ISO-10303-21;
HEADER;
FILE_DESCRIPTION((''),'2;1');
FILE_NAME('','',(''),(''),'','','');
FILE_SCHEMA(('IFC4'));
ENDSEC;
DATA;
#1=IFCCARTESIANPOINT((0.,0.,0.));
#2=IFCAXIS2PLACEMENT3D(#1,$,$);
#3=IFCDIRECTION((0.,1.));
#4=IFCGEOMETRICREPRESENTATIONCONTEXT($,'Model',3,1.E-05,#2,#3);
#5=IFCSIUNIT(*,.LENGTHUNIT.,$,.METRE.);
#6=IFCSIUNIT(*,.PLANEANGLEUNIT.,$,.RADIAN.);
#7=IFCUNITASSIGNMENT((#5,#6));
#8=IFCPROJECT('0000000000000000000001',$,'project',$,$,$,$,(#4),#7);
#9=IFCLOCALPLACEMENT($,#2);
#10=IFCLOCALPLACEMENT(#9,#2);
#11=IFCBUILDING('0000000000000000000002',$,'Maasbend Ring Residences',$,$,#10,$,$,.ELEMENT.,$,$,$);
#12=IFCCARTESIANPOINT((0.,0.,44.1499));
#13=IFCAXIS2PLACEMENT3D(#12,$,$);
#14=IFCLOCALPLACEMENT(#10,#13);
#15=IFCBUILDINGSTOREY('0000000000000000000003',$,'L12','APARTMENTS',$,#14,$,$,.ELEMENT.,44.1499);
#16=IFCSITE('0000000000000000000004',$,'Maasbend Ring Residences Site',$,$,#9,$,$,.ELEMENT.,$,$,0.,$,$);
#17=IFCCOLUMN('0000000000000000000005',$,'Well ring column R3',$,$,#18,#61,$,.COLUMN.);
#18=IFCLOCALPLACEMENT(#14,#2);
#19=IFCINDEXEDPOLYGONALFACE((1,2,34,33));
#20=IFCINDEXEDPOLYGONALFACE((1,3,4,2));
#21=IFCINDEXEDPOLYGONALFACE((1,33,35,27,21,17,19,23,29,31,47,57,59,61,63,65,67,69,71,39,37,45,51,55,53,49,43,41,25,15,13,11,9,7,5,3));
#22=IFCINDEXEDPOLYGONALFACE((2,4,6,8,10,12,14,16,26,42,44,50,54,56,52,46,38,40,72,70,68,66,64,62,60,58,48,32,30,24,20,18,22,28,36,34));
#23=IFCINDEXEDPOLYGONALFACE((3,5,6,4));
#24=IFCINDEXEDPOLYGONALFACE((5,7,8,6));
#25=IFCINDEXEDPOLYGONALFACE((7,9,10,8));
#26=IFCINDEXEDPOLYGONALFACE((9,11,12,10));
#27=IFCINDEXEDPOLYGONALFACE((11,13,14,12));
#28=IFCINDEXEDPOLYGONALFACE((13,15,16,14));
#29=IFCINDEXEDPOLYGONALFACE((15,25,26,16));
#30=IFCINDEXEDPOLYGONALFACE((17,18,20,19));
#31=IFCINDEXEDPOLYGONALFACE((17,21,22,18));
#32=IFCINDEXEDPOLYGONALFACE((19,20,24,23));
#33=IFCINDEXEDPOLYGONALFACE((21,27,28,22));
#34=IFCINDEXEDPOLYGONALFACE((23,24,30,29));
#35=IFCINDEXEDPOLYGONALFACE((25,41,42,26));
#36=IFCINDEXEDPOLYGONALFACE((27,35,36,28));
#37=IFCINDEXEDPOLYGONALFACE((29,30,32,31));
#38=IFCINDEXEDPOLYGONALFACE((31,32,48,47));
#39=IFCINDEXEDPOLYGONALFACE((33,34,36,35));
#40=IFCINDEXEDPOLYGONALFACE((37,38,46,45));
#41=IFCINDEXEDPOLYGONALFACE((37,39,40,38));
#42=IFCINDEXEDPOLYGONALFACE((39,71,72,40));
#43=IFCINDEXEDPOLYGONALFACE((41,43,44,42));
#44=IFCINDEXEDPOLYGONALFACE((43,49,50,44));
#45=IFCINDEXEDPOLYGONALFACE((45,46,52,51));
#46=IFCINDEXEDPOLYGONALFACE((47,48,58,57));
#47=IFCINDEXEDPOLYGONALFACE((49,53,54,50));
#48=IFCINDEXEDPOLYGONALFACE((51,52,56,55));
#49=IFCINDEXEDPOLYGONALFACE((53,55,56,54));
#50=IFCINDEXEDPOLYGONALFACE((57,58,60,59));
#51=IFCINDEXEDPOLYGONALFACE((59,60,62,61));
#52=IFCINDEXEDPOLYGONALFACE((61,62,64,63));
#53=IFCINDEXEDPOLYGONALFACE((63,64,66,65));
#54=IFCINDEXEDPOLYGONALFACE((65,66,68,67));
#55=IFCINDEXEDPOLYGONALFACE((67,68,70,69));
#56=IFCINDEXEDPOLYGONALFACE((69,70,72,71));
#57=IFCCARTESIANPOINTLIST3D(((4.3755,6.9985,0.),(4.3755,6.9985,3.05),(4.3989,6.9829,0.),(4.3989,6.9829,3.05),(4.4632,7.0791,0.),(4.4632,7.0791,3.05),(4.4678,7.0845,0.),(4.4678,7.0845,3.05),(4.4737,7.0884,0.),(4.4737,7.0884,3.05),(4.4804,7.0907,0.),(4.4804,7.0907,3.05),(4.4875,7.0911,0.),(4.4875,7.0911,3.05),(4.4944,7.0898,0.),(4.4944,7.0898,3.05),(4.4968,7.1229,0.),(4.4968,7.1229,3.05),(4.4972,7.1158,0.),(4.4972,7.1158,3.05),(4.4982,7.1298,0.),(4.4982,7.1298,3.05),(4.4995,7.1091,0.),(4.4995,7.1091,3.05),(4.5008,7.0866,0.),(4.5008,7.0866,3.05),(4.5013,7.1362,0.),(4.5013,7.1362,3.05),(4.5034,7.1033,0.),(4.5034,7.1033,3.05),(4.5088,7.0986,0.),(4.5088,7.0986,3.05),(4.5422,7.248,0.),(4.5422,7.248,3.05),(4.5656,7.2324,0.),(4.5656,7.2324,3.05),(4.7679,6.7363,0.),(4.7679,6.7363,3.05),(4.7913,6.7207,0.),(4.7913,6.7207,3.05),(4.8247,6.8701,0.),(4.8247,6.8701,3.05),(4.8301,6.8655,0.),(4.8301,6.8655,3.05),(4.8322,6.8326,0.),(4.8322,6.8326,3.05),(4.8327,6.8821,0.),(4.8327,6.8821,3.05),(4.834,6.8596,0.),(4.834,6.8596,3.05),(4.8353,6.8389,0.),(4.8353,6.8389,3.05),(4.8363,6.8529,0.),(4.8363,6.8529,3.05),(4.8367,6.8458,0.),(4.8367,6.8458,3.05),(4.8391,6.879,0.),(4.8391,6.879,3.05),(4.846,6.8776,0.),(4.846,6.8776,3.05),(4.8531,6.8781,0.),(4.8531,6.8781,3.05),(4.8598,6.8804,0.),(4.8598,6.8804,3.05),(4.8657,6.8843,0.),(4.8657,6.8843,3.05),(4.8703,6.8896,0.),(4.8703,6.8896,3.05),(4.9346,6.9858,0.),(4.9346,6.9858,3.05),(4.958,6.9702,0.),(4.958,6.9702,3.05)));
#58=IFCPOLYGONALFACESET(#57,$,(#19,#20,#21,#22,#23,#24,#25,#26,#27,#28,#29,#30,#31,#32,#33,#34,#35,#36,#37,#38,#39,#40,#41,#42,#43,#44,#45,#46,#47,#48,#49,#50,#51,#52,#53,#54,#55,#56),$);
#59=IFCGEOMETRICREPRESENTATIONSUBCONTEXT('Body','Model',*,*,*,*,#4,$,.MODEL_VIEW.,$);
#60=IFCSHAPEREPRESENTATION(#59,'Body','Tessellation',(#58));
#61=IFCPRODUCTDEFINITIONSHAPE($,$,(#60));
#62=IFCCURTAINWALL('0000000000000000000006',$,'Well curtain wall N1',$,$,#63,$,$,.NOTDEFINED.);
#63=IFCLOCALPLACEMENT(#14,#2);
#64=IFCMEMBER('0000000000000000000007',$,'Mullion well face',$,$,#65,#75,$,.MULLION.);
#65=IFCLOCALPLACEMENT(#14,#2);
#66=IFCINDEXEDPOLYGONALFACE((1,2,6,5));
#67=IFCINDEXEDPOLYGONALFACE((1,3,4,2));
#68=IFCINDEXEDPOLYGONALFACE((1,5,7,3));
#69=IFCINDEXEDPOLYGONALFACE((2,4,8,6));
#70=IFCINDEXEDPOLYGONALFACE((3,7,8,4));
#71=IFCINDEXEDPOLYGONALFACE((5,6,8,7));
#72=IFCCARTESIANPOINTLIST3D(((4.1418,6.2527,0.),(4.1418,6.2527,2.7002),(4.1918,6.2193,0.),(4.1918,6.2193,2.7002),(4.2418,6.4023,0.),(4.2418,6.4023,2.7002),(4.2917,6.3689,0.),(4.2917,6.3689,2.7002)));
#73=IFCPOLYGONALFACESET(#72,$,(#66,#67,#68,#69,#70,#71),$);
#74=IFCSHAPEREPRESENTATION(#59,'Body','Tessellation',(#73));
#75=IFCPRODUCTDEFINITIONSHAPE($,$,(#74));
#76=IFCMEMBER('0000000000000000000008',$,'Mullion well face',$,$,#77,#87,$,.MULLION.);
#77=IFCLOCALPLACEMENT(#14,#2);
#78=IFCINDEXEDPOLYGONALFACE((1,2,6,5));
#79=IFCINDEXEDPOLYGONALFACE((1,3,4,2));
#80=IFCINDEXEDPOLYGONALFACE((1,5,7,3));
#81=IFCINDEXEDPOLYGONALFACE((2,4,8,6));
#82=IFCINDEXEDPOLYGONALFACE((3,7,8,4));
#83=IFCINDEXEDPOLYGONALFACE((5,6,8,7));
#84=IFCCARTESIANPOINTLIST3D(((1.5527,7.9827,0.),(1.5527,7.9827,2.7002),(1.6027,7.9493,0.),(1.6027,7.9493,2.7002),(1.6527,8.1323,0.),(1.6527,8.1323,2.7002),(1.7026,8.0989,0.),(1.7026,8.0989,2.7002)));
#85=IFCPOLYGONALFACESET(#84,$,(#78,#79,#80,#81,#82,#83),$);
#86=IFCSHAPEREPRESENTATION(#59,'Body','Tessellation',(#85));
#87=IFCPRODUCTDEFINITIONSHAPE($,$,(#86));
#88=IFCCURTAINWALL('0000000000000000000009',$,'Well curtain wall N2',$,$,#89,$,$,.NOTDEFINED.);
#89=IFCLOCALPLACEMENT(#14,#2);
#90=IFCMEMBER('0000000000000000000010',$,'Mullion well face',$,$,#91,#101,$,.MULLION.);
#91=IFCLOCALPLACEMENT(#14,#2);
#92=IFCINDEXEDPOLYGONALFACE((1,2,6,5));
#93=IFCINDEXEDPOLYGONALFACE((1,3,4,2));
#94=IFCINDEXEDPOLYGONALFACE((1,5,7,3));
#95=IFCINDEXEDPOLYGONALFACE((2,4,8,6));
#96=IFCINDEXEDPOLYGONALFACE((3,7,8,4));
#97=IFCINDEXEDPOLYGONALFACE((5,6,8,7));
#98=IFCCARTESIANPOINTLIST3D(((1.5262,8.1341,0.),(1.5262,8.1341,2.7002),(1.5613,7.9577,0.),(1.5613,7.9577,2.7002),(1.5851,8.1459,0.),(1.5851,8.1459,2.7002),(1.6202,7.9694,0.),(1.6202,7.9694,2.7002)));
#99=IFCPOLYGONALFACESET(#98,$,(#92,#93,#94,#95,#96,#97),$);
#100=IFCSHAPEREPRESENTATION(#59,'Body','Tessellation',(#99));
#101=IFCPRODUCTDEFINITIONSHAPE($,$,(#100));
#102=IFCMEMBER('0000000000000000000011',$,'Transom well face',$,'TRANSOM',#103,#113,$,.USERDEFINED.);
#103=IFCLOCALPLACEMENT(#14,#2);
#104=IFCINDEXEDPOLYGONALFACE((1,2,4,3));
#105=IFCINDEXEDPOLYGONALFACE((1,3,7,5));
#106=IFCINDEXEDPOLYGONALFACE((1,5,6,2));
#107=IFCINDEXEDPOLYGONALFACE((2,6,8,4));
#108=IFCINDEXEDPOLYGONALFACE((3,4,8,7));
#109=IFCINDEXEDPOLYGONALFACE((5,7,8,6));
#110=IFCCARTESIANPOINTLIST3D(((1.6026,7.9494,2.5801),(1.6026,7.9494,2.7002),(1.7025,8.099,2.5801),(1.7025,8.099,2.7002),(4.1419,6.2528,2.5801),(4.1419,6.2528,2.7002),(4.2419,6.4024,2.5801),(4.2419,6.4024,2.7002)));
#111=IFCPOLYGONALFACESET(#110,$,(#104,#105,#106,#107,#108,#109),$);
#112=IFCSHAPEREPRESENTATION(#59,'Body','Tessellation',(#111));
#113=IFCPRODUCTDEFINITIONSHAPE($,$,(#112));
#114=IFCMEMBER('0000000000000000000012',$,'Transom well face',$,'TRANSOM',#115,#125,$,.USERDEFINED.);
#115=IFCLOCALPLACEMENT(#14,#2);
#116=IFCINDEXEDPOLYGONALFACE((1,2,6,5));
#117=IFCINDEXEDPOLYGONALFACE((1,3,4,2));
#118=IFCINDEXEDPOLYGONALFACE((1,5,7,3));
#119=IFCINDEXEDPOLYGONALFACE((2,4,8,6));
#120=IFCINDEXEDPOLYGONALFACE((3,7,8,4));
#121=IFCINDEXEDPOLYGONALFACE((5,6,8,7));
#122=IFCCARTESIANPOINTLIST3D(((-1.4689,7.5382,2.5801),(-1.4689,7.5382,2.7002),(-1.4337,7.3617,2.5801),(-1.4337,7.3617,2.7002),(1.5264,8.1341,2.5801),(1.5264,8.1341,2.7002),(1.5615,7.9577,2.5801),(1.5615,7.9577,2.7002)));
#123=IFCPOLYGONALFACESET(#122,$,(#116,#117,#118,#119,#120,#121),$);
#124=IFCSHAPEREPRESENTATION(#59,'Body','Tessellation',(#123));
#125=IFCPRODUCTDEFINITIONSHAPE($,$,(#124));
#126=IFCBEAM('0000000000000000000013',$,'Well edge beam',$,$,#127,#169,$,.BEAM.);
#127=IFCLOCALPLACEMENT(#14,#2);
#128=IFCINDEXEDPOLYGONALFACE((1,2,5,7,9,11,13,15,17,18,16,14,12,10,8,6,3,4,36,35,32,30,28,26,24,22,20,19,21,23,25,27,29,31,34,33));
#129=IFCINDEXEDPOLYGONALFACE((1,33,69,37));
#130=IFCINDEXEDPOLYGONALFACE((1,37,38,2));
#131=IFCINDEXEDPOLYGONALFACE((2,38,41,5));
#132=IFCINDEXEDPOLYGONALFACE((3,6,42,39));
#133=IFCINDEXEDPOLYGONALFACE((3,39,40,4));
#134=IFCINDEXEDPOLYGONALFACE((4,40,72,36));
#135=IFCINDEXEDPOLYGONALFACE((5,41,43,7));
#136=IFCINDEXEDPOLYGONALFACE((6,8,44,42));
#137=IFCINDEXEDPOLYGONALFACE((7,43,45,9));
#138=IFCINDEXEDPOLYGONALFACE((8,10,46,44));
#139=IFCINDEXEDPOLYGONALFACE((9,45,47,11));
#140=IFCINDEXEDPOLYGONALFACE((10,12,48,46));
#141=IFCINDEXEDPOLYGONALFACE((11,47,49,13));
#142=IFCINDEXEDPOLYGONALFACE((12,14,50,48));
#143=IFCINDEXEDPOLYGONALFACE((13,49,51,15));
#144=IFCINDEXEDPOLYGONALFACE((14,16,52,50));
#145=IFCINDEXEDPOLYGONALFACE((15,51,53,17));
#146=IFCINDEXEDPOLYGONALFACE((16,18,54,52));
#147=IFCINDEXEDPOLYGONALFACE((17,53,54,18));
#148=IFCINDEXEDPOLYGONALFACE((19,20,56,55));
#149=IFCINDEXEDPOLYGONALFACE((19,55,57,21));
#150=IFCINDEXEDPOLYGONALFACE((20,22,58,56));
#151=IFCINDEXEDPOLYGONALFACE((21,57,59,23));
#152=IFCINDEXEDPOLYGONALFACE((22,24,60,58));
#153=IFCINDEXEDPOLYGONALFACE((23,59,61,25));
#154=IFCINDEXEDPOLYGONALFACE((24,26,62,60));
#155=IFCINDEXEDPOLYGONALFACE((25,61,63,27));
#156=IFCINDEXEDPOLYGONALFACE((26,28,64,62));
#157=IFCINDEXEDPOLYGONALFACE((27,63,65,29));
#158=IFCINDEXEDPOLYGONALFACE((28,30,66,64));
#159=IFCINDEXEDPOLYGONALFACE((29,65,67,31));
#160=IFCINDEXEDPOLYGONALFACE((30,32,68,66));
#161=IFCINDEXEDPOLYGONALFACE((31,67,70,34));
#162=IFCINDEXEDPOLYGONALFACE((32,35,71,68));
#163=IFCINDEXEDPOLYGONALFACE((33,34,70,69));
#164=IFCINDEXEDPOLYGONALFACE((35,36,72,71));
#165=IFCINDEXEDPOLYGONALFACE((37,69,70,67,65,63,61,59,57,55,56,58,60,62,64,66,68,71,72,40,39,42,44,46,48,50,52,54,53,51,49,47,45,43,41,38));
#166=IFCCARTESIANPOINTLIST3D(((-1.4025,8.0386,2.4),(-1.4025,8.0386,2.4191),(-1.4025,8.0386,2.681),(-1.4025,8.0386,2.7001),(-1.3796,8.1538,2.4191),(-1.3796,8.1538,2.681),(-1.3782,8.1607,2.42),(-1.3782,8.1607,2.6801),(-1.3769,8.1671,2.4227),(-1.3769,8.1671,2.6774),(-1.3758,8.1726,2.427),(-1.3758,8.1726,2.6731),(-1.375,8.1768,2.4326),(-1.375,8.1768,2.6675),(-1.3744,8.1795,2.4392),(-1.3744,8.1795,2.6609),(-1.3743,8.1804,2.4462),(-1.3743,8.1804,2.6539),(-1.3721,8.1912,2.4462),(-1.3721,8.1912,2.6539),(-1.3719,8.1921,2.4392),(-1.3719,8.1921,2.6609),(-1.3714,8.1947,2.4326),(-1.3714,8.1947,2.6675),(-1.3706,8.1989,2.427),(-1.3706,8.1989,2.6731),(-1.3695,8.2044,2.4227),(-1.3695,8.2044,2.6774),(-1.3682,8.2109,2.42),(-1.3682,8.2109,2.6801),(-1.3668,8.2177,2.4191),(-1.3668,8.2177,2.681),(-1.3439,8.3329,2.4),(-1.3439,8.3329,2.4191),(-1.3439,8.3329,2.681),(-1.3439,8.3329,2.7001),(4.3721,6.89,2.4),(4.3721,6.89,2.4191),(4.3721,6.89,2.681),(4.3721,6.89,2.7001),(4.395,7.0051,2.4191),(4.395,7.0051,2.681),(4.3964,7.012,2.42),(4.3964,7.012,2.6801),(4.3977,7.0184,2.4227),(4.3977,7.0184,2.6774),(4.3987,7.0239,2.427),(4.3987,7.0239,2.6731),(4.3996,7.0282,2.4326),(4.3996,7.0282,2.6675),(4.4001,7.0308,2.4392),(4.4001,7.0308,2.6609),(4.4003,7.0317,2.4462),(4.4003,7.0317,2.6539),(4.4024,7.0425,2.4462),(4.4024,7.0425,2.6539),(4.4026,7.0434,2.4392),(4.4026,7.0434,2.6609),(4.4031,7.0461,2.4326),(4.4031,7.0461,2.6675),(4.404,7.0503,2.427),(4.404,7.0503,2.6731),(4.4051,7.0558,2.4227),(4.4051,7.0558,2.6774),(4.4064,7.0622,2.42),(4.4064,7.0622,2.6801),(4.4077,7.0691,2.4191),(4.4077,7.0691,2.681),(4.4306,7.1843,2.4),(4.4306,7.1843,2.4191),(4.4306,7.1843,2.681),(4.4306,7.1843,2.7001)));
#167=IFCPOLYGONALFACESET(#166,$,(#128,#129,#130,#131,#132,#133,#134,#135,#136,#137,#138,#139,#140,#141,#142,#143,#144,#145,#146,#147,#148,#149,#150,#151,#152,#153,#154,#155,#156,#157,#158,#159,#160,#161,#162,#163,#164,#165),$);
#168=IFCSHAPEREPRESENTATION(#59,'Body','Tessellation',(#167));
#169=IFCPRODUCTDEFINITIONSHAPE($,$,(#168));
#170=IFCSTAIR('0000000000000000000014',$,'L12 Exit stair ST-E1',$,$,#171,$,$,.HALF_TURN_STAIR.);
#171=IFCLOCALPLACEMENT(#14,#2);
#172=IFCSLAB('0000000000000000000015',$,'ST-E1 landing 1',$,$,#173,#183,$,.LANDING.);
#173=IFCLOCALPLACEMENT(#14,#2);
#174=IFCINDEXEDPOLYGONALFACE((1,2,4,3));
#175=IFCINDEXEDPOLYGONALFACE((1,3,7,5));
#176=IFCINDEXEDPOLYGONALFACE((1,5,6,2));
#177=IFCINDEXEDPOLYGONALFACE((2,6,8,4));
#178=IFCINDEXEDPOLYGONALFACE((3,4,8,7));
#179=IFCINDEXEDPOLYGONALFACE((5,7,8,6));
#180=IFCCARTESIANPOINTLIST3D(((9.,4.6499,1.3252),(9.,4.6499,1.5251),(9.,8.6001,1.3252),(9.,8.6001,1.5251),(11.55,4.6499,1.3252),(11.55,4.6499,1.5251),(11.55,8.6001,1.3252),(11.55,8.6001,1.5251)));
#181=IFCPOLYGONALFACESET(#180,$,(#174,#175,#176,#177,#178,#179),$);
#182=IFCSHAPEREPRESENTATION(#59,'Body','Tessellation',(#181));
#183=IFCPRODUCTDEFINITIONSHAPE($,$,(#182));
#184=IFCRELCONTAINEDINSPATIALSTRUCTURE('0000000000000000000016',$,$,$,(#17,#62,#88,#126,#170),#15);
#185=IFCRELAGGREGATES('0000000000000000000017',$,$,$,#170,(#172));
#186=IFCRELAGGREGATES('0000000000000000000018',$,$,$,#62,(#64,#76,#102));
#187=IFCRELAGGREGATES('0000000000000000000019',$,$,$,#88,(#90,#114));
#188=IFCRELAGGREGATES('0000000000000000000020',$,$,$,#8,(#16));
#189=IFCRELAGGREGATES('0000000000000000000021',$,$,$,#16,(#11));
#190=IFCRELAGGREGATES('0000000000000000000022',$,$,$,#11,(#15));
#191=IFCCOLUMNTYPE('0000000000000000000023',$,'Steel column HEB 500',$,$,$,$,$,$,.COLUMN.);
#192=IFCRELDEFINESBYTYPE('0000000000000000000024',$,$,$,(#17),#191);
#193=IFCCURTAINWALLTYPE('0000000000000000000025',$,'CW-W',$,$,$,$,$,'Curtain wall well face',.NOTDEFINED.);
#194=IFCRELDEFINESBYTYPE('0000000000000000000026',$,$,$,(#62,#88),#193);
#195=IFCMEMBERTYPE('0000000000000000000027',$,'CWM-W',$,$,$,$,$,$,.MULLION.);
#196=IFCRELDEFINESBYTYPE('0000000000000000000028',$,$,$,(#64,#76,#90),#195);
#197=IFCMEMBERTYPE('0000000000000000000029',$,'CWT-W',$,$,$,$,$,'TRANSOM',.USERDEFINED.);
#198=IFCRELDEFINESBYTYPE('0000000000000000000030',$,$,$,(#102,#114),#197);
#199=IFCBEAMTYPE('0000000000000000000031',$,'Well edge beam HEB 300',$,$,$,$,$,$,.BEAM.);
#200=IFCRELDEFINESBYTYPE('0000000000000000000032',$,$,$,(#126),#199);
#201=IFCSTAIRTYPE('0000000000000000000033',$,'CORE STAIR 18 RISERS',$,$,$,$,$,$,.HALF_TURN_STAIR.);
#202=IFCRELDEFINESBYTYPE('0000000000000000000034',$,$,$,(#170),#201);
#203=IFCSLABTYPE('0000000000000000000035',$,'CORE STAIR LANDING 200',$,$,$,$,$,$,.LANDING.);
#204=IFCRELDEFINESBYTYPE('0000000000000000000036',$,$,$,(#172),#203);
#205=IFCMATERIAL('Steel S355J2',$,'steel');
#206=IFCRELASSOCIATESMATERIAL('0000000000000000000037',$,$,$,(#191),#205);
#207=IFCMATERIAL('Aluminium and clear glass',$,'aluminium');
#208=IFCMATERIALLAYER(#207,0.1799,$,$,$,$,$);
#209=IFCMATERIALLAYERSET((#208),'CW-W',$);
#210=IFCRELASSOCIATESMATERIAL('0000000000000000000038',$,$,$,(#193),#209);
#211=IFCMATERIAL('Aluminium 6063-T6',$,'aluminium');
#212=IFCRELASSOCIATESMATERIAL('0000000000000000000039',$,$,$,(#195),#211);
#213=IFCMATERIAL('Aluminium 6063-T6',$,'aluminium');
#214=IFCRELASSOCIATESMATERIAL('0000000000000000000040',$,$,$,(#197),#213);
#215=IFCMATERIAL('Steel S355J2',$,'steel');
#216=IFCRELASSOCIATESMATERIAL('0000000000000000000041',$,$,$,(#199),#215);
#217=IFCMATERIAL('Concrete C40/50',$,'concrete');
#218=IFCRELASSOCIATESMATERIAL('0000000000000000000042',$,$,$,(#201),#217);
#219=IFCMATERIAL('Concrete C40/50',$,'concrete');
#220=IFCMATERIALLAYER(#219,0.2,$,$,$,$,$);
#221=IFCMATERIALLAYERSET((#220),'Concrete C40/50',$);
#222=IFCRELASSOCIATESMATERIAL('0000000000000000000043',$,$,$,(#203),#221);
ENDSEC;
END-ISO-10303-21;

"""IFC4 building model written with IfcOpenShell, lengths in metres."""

from ifc_helpers import new_model, si_unit, direction, frame, origin, origin_2d, place, context, subcontext, project, spatial, polyline, rectangle, i_section, outline, extrude, material, layer, layer_set, material_profile, profile_set, type_object, element, aggregate, save


model = new_model("IFC4")

# Units and contexts
model_context = context("Model", 3, precision=1e-05, world=origin(), true_north=direction((0.0, 1.0)))
body_context = subcontext(model_context, "Body", "Model", "MODEL_VIEW")
ifc_project = project(units=[si_unit("LENGTHUNIT", "METRE"), si_unit("PLANEANGLEUNIT", "RADIAN")], contexts=[model_context])

# Site, building, storey
site_placement = place(None, origin())
site = spatial("IfcSite", under=ifc_project, at=site_placement, Name="Maasbend Ring Residences Site", CompositionType="ELEMENT", RefElevation=0.0)
building_placement = place(site_placement, origin())
building = spatial("IfcBuilding", under=site, at=building_placement, Name="Maasbend Ring Residences", CompositionType="ELEMENT")
storey_placement = place(building_placement, frame((0.0, 0.0, 44.1499)))
storey = spatial("IfcBuildingStorey", under=building, at=storey_placement, Name="L12", Description="APARTMENTS", CompositionType="ELEMENT", Elevation=44.1499)

# Column
ifc_material_1 = material(Name="Steel S355J2", Category="steel")
ifc_material_profile_1 = material_profile(ifc_material_1, i_section(OverallWidth=0.3, OverallDepth=0.5, WebThickness=0.0144, FlangeThickness=0.0281, FilletRadius=0.0271, at=origin_2d()), Name="HEB 500")
ifc_profile_set_1 = profile_set([ifc_material_profile_1], Name="Steel S355J2")
column_type = type_object("IfcColumnType", Name="Steel column HEB 500", PredefinedType="COLUMN", material=ifc_profile_set_1)
column_placement = place(storey_placement, frame((4.6667, 6.9844, 0.0), z_axis=(0.0, 0.0, 1.0), x_axis=(0.55557, 0.83147, 0.0)))
element("IfcColumn", 1, at=column_placement, inside=storey, type_object=column_type, Name="Well ring column R3", PredefinedType="COLUMN", context=body_context, shape_type="SweptSolid", body=[
    extrude(i_section(OverallWidth=0.3, OverallDepth=0.5, WebThickness=0.0144, FlangeThickness=0.0281, FilletRadius=0.0271, at=origin_2d()), origin(), (0.0, 0.0, 1.0), 3.05),
])

# Curtain wall, members
ifc_material_2 = material(Name="Aluminium and clear glass", Category="aluminium")
ifc_layer_1 = layer(ifc_material_2, 0.1799)
ifc_layer_set_1 = layer_set([ifc_layer_1], Name="CW-W")
curtain_wall_type = type_object("IfcCurtainWallType", Name="CW-W", ElementType="Curtain wall well face", PredefinedType="NOTDEFINED", material=ifc_layer_set_1)
curtain_wall_1_placement = place(storey_placement, origin())
curtain_wall_1 = element("IfcCurtainWall", 2, at=curtain_wall_1_placement, inside=storey, type_object=curtain_wall_type, Name="Well curtain wall N1", PredefinedType="NOTDEFINED")
ifc_material_3 = material(Name="Aluminium 6063-T6", Category="aluminium")
ifc_material_profile_2 = material_profile(ifc_material_3, rectangle(XDim=0.1799, YDim=0.0601, at=origin_2d()), Name="AL 180x60")
ifc_profile_set_2 = profile_set([ifc_material_profile_2], Name="Aluminium 6063-T6")
member_type_1 = type_object("IfcMemberType", Name="CWM-W", PredefinedType="MULLION", material=ifc_profile_set_2)
member_1_placement = place(storey_placement, frame((4.2168, 6.3108, 0.0), z_axis=(0.0, 0.0, 1.0), x_axis=(-0.55557, -0.83147, 0.0)))
member_1 = element("IfcMember", 3, at=member_1_placement, type_object=member_type_1, Name="Mullion well face", PredefinedType="MULLION", context=body_context, shape_type="SweptSolid", body=[
    extrude(rectangle(XDim=0.1799, YDim=0.0601, at=origin_2d()), origin(), (0.0, 0.0, 1.0), 2.7002),
])
member_2_placement = place(storey_placement, frame((1.6277, 8.0408, 0.0), z_axis=(0.0, 0.0, 1.0), x_axis=(-0.55557, -0.83147, 0.0)))
member_2 = element("IfcMember", 4, at=member_2_placement, type_object=member_type_1, Name="Mullion well face", PredefinedType="MULLION", context=body_context, shape_type="SweptSolid", body=[
    extrude(rectangle(XDim=0.1799, YDim=0.0601, at=origin_2d()), origin(), (0.0, 0.0, 1.0), 2.7002),
])

# Curtain wall, member
curtain_wall_2_placement = place(storey_placement, origin())
curtain_wall_2 = element("IfcCurtainWall", 5, at=curtain_wall_2_placement, inside=storey, type_object=curtain_wall_type, Name="Well curtain wall N2", PredefinedType="NOTDEFINED")
member_3_placement = place(storey_placement, frame((1.5732, 8.0518, 0.0), z_axis=(0.0, 0.0, 1.0), x_axis=(0.19509, -0.980785, 0.0)))
member_3 = element("IfcMember", 6, at=member_3_placement, type_object=member_type_1, Name="Mullion well face", PredefinedType="MULLION", context=body_context, shape_type="SweptSolid", body=[
    extrude(rectangle(XDim=0.1799, YDim=0.0601, at=origin_2d()), origin(), (0.0, 0.0, 1.0), 2.7002),
])

# Members
ifc_material_4 = material(Name="Aluminium 6063-T6", Category="aluminium")
ifc_material_profile_3 = material_profile(ifc_material_4, rectangle(XDim=0.1799, YDim=0.1201, at=origin_2d()), Name="AL 180x120")
ifc_profile_set_3 = profile_set([ifc_material_profile_3], Name="Aluminium 6063-T6")
member_type_2 = type_object("IfcMemberType", Name="CWT-W", ElementType="TRANSOM", PredefinedType="USERDEFINED", material=ifc_profile_set_3)
member_4_placement = place(storey_placement, frame((4.1919, 6.3276, 2.6401), z_axis=(-0.831496, 0.55553, 0.0), x_axis=(-0.55553, -0.831496, 0.0)))
member_4 = element("IfcMember", 7, at=member_4_placement, type_object=member_type_2, Name="Transom well face", ObjectType="TRANSOM", PredefinedType="USERDEFINED", context=body_context, shape_type="SweptSolid", body=[
    extrude(rectangle(XDim=0.1799, YDim=0.1201, at=origin_2d()), origin(), (0.0, 0.0, 1.0), 3.054),
])
member_5_placement = place(storey_placement, frame((1.5439, 8.0459, 2.6401), z_axis=(-0.980777, -0.195132, 0.0), x_axis=(0.195132, -0.980777, 0.0)))
member_5 = element("IfcMember", 8, at=member_5_placement, type_object=member_type_2, Name="Transom well face", ObjectType="TRANSOM", PredefinedType="USERDEFINED", context=body_context, shape_type="SweptSolid", body=[
    extrude(rectangle(XDim=0.1799, YDim=0.1201, at=origin_2d()), origin(), (0.0, 0.0, 1.0), 3.054),
])

# Beam
ifc_material_5 = material(Name="Steel S355J2", Category="steel")
ifc_material_profile_4 = material_profile(ifc_material_5, i_section(OverallWidth=0.3, OverallDepth=0.3, WebThickness=0.011, FlangeThickness=0.019, FilletRadius=0.0271, at=origin_2d()), Name="HEB 300")
ifc_profile_set_4 = profile_set([ifc_material_profile_4], Name="Steel S355J2")
beam_type = type_object("IfcBeamType", Name="Well edge beam HEB 300", PredefinedType="BEAM", material=ifc_profile_set_4)
beam_placement = place(storey_placement, frame((4.4014, 7.0371, 2.55), z_axis=(-0.980784, 0.195095, 0.0), x_axis=(-0.195095, -0.980784, 0.0)))
element("IfcBeam", 9, at=beam_placement, inside=storey, type_object=beam_type, Name="Well edge beam", PredefinedType="BEAM", context=body_context, shape_type="SweptSolid", body=[
    extrude(i_section(OverallWidth=0.3, OverallDepth=0.3, WebThickness=0.011, FlangeThickness=0.019, FilletRadius=0.0271, at=origin_2d()), origin(), (0.0, 0.0, 1.0), 5.8877),
])

# Stair, slab
ifc_material_6 = material(Name="Concrete C40/50", Category="concrete")
stair_type = type_object("IfcStairType", Name="CORE STAIR 18 RISERS", PredefinedType="HALF_TURN_STAIR", material=ifc_material_6)
stair_1_placement = place(storey_placement, origin())
stair_1 = element("IfcStair", 10, at=stair_1_placement, inside=storey, type_object=stair_type, Name="L12 Exit stair ST-E1", PredefinedType="HALF_TURN_STAIR")
ifc_material_7 = material(Name="Concrete C40/50", Category="concrete")
ifc_layer_2 = layer(ifc_material_7, 0.2)
ifc_layer_set_2 = layer_set([ifc_layer_2], Name="Concrete C40/50")
slab_type = type_object("IfcSlabType", Name="CORE STAIR LANDING 200", PredefinedType="LANDING", material=ifc_layer_set_2)
slab_1_placement = place(storey_placement, frame((0.0, 0.0, 1.3252)))
slab_1 = element("IfcSlab", 11, at=slab_1_placement, type_object=slab_type, Name="ST-E1 landing 1", PredefinedType="LANDING", context=body_context, shape_type="SweptSolid", body=[
    extrude(outline(polyline([(11.55, 8.6001), (9.0, 8.6001), (9.0, 4.6499), (11.55, 4.6499), (11.55, 8.6001)])), origin(), (0.0, 0.0, 1.0), 0.2),
])
aggregate(stair_1, [slab_1])

aggregate(curtain_wall_1, [member_1, member_2, member_4])
aggregate(curtain_wall_2, [member_3, member_5])

save(model, "model.ifc")
